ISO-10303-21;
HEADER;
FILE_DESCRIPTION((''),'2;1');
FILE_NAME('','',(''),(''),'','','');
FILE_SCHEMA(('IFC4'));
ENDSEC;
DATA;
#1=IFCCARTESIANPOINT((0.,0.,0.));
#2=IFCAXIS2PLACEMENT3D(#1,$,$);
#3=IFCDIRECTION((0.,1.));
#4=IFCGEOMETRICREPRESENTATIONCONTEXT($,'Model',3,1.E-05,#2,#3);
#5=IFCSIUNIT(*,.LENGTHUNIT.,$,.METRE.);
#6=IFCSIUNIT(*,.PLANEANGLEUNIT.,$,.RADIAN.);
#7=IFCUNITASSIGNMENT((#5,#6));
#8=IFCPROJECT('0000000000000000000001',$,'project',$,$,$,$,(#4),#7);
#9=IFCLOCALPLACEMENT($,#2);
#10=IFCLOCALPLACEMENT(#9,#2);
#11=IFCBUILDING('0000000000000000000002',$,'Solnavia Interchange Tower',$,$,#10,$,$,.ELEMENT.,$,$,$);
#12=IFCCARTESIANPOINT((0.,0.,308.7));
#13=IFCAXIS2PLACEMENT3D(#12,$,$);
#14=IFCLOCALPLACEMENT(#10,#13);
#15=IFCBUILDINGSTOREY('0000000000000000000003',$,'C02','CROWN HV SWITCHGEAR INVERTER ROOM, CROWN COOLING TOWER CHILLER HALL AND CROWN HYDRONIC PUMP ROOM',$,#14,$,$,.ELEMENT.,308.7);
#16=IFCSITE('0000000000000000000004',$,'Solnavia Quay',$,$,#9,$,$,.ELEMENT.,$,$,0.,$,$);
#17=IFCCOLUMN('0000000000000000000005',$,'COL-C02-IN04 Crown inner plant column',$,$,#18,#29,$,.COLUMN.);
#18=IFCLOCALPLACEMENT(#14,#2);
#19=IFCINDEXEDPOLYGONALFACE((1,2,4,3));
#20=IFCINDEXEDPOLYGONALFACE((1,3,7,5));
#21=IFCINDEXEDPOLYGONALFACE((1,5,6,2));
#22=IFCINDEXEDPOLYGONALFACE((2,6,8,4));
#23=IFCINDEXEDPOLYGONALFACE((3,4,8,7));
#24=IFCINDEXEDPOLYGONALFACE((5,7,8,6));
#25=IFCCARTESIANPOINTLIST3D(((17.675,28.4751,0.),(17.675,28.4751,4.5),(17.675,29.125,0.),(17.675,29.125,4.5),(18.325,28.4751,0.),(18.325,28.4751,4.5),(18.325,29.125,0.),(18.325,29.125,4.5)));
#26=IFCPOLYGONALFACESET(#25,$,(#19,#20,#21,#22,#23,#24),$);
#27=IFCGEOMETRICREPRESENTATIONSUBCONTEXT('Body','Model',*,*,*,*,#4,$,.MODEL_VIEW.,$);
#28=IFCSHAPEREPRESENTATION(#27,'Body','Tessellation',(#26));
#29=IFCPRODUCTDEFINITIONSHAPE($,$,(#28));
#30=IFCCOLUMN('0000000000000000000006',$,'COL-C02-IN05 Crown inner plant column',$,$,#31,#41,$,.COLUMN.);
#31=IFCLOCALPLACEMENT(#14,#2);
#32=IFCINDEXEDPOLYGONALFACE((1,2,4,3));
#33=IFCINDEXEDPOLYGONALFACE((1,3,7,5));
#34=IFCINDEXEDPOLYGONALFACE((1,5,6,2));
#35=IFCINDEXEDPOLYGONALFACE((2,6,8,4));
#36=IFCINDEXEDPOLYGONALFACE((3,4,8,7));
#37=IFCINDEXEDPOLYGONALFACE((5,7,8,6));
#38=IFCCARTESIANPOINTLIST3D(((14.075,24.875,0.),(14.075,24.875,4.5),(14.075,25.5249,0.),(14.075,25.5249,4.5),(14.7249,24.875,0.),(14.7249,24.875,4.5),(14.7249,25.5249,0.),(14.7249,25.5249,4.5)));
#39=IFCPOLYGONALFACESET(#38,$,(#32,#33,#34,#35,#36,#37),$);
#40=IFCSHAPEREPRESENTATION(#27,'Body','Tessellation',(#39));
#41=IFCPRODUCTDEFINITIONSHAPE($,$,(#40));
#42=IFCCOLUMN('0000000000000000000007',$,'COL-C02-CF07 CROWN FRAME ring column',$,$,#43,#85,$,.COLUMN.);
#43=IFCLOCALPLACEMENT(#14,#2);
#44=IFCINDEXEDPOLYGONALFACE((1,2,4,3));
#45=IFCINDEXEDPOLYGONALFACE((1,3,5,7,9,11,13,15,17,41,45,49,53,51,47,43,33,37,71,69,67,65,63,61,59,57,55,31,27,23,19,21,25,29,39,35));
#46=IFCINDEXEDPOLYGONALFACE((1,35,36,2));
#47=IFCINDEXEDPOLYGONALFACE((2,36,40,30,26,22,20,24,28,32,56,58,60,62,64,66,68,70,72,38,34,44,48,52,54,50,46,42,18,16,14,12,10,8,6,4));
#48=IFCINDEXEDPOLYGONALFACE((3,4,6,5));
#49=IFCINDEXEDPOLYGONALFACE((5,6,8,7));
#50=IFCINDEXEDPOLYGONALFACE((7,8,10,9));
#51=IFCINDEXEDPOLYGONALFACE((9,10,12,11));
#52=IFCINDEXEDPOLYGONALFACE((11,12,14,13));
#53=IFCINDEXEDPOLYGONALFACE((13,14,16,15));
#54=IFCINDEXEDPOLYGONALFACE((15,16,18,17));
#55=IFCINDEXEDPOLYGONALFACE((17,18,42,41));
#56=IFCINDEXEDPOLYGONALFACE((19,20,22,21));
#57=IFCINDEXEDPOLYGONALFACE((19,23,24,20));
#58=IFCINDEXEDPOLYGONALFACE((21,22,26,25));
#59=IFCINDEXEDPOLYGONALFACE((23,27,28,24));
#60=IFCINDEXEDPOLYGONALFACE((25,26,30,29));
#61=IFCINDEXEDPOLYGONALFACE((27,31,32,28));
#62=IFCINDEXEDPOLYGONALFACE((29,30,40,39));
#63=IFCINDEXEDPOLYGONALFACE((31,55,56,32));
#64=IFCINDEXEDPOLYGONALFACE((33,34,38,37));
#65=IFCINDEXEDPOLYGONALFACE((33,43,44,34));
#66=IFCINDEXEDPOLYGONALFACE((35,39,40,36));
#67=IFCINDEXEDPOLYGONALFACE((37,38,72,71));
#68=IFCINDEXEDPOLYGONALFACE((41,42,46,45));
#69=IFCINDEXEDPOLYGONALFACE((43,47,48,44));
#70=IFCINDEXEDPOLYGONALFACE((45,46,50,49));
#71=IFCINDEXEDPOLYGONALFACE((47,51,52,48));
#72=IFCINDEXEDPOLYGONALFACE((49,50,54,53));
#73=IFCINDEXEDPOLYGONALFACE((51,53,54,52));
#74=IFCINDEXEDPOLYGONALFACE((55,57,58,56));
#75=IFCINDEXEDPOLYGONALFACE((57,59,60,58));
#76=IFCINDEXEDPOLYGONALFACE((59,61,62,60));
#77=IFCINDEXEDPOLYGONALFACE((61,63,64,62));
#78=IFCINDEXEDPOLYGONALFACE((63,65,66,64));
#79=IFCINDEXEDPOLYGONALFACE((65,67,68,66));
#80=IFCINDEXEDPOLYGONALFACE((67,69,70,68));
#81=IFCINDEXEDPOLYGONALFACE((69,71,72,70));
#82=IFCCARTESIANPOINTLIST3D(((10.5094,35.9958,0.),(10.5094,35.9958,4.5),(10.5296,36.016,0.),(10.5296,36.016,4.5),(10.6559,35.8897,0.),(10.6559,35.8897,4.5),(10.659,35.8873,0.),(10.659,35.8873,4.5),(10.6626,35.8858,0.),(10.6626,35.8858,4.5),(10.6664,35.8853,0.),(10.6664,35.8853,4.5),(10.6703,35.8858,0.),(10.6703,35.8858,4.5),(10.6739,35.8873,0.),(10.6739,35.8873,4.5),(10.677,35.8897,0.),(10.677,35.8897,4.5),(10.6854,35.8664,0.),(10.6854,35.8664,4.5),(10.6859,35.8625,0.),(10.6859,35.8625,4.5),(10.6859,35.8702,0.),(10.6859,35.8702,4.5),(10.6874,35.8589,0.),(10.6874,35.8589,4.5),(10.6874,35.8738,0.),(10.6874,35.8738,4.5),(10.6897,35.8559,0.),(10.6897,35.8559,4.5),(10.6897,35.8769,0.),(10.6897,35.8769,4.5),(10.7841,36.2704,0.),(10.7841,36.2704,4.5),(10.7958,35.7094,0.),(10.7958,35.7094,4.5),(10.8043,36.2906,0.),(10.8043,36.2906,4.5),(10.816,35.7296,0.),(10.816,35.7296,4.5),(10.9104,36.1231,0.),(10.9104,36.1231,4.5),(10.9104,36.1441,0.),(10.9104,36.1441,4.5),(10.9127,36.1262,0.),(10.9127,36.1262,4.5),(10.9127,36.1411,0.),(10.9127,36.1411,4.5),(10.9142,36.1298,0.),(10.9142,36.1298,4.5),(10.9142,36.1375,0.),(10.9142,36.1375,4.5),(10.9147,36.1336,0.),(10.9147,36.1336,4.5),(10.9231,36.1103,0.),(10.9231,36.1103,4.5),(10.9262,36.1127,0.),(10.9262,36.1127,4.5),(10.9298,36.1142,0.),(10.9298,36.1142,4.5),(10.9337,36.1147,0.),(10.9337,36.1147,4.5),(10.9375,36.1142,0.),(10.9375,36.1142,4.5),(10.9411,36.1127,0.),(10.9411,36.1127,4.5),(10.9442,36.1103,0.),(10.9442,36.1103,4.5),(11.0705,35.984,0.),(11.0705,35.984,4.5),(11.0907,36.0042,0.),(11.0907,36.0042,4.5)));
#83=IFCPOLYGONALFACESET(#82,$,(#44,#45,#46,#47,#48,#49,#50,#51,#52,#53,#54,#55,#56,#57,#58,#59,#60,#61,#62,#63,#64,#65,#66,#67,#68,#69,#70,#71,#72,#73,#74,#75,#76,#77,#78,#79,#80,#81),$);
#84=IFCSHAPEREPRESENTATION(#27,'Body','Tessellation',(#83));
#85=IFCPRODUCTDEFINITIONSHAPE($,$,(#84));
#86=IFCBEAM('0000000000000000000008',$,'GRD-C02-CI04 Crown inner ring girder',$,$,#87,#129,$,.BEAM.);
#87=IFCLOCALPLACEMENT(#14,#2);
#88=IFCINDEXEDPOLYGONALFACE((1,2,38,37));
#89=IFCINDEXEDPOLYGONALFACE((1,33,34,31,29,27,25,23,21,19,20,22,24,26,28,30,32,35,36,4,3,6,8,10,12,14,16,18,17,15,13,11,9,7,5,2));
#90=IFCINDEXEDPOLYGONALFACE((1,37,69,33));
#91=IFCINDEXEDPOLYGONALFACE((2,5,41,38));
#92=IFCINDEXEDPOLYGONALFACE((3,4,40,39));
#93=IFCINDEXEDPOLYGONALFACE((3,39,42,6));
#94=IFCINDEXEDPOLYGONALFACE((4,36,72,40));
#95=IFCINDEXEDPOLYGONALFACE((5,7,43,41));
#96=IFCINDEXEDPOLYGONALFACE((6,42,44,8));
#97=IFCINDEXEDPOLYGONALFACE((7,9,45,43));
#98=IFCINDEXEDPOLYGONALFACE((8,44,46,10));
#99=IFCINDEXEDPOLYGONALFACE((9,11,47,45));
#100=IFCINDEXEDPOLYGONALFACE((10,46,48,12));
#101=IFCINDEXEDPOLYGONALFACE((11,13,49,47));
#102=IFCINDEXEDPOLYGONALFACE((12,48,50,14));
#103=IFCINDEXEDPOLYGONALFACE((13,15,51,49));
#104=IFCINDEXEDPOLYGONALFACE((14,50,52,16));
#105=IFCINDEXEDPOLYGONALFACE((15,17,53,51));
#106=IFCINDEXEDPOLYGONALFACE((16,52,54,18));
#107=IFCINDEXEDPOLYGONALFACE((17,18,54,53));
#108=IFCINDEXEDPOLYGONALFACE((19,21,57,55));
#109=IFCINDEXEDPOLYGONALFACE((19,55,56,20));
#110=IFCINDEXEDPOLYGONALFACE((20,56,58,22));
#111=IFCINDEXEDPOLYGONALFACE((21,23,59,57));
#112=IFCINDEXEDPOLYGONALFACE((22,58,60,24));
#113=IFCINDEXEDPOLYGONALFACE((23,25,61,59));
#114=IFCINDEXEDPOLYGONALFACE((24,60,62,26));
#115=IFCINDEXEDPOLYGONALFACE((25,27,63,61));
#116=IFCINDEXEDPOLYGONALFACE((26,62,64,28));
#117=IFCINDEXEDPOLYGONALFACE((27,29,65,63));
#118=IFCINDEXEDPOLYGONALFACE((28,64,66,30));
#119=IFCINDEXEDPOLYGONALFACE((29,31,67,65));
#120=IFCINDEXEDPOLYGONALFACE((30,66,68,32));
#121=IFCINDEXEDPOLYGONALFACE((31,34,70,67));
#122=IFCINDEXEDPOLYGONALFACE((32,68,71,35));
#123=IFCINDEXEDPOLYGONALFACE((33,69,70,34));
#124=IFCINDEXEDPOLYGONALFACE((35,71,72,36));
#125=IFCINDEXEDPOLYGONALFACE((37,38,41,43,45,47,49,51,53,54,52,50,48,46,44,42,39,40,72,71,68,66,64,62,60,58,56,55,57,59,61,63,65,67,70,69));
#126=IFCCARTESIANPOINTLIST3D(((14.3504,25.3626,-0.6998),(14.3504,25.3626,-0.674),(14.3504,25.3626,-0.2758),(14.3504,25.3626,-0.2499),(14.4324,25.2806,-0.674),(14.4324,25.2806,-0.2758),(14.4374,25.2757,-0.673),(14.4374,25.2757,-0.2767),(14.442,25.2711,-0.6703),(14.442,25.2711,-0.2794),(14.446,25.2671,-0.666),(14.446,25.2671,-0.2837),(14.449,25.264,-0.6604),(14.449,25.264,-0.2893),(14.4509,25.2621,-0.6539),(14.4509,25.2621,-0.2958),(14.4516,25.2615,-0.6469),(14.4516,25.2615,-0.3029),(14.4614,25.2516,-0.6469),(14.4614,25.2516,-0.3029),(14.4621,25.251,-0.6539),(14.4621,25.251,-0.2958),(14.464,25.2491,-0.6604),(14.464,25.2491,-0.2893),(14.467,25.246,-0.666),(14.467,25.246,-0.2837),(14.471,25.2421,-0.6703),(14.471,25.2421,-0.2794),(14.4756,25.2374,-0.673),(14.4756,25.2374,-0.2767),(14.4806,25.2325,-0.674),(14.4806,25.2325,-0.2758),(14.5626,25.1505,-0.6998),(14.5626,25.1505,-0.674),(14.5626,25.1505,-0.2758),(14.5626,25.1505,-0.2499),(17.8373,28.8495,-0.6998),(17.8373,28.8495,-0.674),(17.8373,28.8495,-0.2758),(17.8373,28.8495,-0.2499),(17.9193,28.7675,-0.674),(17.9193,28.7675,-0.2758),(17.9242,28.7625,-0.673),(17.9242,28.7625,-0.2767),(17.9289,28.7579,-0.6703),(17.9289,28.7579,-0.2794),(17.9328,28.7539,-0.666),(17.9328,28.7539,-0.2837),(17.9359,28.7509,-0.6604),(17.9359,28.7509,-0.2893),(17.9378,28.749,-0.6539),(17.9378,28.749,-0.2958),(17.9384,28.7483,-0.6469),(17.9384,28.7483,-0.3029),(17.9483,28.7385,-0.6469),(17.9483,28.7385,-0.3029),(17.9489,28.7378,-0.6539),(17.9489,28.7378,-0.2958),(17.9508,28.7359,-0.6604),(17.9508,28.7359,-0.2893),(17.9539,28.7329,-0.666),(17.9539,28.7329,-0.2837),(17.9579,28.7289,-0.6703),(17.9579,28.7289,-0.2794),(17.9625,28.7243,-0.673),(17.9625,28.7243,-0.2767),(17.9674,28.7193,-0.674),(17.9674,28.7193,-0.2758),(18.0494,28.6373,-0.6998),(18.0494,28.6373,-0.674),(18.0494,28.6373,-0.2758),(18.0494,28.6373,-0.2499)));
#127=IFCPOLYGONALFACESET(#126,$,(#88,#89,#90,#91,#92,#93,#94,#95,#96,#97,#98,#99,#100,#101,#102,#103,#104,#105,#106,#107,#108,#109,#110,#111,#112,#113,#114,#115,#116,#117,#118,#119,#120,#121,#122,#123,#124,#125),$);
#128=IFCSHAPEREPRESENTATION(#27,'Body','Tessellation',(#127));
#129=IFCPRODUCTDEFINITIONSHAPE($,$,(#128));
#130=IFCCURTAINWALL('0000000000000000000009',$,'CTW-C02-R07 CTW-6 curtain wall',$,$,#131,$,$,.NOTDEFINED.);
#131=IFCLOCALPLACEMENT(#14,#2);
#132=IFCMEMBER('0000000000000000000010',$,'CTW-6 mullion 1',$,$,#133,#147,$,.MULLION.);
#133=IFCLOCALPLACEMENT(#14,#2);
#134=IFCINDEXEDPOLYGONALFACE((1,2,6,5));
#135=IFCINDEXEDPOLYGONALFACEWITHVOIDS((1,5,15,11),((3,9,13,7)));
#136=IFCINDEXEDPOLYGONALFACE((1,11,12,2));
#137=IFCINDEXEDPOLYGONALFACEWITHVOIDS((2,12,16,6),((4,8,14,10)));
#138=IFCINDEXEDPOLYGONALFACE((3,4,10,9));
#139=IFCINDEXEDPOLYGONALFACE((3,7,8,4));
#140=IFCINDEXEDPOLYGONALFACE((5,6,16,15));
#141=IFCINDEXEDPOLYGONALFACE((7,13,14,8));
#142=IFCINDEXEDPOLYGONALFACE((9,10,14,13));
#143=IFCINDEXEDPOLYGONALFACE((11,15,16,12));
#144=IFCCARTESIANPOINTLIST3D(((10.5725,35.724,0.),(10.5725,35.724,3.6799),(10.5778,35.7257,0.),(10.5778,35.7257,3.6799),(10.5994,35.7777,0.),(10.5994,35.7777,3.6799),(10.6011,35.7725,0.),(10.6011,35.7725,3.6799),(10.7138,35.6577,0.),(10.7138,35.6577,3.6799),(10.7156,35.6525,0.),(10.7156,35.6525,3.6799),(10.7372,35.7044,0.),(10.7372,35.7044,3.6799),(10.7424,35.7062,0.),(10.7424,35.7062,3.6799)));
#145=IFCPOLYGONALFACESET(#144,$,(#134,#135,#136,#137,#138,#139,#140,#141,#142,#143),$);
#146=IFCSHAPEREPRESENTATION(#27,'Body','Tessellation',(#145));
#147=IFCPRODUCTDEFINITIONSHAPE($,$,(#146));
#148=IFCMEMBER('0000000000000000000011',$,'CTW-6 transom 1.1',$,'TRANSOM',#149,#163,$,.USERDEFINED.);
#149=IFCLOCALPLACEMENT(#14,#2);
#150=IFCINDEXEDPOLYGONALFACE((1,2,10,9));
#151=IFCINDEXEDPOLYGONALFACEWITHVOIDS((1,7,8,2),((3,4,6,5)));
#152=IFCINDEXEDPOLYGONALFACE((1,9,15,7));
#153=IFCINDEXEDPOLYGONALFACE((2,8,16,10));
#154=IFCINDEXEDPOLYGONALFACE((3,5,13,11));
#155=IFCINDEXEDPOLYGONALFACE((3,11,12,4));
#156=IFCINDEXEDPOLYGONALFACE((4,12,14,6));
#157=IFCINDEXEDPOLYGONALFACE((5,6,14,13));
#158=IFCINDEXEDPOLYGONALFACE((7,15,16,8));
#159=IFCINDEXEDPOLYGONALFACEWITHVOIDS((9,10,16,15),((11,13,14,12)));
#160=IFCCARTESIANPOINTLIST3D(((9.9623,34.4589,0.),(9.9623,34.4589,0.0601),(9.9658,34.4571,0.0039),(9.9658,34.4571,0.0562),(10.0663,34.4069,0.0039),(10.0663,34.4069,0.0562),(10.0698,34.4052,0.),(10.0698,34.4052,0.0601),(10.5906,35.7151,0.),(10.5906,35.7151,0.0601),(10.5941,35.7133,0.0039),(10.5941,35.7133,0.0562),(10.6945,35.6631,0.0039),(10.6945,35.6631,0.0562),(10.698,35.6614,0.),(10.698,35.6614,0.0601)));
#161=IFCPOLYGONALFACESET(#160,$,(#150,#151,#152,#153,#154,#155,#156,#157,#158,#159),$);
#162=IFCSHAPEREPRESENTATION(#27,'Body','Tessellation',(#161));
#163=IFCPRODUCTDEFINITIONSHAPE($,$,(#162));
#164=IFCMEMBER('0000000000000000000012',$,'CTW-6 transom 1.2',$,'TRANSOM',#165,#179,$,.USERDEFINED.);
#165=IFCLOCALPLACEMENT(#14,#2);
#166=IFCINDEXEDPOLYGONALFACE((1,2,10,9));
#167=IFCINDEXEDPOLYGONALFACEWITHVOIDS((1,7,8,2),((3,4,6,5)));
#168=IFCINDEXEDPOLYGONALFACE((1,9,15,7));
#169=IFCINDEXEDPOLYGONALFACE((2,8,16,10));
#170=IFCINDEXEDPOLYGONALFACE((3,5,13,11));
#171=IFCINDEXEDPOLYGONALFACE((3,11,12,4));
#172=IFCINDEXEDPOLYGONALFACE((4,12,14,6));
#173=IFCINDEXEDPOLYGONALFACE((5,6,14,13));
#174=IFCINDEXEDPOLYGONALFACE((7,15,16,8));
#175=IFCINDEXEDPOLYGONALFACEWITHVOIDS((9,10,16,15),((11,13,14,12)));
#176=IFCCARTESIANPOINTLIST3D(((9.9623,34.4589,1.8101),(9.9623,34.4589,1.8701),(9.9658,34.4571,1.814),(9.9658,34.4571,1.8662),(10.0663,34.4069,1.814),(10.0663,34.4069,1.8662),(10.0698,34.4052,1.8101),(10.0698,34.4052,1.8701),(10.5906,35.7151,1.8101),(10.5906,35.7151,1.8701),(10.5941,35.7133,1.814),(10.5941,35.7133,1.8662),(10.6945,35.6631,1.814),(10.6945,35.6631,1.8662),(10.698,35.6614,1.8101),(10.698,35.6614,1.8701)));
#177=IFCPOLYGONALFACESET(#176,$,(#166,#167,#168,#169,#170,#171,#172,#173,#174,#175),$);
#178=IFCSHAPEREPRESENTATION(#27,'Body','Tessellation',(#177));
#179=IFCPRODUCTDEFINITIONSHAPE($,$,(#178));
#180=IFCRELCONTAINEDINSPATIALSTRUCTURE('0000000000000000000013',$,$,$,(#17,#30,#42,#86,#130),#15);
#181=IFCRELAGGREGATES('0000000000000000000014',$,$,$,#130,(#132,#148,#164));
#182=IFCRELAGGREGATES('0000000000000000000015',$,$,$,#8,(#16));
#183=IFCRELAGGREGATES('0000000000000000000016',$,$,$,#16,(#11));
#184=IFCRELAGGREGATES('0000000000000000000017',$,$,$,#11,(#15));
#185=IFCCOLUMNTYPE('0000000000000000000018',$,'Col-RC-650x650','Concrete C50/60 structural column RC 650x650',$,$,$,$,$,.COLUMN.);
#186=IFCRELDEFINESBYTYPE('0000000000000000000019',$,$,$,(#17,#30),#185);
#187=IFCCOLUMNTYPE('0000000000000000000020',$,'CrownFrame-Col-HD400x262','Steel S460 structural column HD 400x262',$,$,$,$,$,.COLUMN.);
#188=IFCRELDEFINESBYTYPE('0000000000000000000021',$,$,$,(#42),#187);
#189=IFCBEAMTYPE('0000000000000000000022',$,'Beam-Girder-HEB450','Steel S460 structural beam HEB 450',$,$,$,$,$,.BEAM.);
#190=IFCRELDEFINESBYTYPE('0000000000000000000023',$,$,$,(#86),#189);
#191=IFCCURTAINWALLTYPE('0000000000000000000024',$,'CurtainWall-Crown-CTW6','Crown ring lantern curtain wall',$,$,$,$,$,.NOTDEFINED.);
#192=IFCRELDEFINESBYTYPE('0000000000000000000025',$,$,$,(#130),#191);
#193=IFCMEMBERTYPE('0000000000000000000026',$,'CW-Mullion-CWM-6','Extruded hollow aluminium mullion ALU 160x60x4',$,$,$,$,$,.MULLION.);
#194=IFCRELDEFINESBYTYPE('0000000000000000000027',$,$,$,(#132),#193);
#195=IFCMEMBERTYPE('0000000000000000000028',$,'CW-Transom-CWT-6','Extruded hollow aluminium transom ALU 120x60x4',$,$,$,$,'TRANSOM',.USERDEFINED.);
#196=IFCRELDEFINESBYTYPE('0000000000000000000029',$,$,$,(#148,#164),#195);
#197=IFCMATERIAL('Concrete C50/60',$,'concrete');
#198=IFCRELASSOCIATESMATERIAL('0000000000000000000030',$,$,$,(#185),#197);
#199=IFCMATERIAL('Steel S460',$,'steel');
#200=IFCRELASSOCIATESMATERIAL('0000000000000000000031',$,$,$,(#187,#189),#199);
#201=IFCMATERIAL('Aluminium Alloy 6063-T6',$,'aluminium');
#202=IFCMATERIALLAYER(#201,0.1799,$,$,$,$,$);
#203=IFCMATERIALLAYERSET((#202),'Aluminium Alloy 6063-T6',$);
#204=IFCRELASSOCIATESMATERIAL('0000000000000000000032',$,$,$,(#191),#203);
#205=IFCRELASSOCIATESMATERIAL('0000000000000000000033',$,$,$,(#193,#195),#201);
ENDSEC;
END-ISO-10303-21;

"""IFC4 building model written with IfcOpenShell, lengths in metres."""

from ifc_helpers import new_model, si_unit, direction, frame, origin, origin_2d, place, context, subcontext, project, spatial, rectangle, hollow_rectangle, i_section, extrude, material, layer, layer_set, material_profile, profile_set, type_object, element, aggregate, save


model = new_model("IFC4")

# Units and contexts
model_context = context("Model", 3, precision=1e-05, world=origin(), true_north=direction((0.0, 1.0)))
body_context = subcontext(model_context, "Body", "Model", "MODEL_VIEW")
ifc_project = project(units=[si_unit("LENGTHUNIT", "METRE"), si_unit("PLANEANGLEUNIT", "RADIAN")], contexts=[model_context])

# Site, building, storey
site_placement = place(None, origin())
site = spatial("IfcSite", under=ifc_project, at=site_placement, Name="Solnavia Quay", CompositionType="ELEMENT", RefElevation=0.0)
building_placement = place(site_placement, origin())
building = spatial("IfcBuilding", under=site, at=building_placement, Name="Solnavia Interchange Tower", CompositionType="ELEMENT")
storey_placement = place(building_placement, frame((0.0, 0.0, 308.7)))
storey = spatial("IfcBuildingStorey", under=building, at=storey_placement, Name="C02", Description="CROWN HV SWITCHGEAR INVERTER ROOM, CROWN COOLING TOWER CHILLER HALL AND CROWN HYDRONIC PUMP ROOM", CompositionType="ELEMENT", Elevation=308.7)

# Columns
ifc_material_1 = material(Name="Concrete C50/60", Category="concrete")
ifc_material_profile_1 = material_profile(ifc_material_1, rectangle(XDim=0.6499, YDim=0.6499, at=origin_2d()), Name="RC 650x650")
ifc_profile_set_1 = profile_set([ifc_material_profile_1], Name="Concrete C50/60")
column_type_1 = type_object("IfcColumnType", Name="Col-RC-650x650", Description="Concrete C50/60 structural column RC 650x650", PredefinedType="COLUMN", material=ifc_profile_set_1)
for number, where, z_axis, x_axis, name in (
    (1, (18.0, 28.8, 0.0), (0.0, 0.0, 1.0), (1.0, 0.0, 0.0), "COL-C02-IN04 Crown inner plant column"),
    (2, (14.3999, 25.2, 0.0), (0.0, 0.0, 1.0), (1.0, 0.0, 0.0), "COL-C02-IN05 Crown inner plant column"),
):
    element("IfcColumn", number, at=place(storey_placement, frame(where, z_axis=z_axis, x_axis=x_axis)), inside=storey, type_object=column_type_1, Name=name, PredefinedType="COLUMN", context=body_context, shape_type="SweptSolid", body=[
        extrude(rectangle(XDim=0.6499, YDim=0.6499, at=origin_2d()), origin(), (0.0, 0.0, 1.0), 4.5),
    ])
ifc_material_2 = material(Name="Steel S460", Category="steel")
ifc_material_profile_2 = material_profile(ifc_material_2, i_section(OverallWidth=0.405, OverallDepth=0.417, WebThickness=0.0181, FlangeThickness=0.0286, FilletRadius=0.0149, at=origin_2d()), Name="HD 400x262")
ifc_profile_set_2 = profile_set([ifc_material_profile_2], Name="Steel S460")
column_type_2 = type_object("IfcColumnType", Name="CrownFrame-Col-HD400x262", Description="Steel S460 structural column HD 400x262", PredefinedType="COLUMN", material=ifc_profile_set_2)
column_placement = place(storey_placement, frame((10.8, 36.0, 0.0), z_axis=(0.0, 0.0, 1.0), x_axis=(-0.707107, 0.707107, 0.0)))
element("IfcColumn", 3, at=column_placement, inside=storey, type_object=column_type_2, Name="COL-C02-CF07 CROWN FRAME ring column", PredefinedType="COLUMN", context=body_context, shape_type="SweptSolid", body=[
    extrude(i_section(OverallWidth=0.405, OverallDepth=0.417, WebThickness=0.0181, FlangeThickness=0.0286, FilletRadius=0.0149, at=origin_2d()), origin(), (0.0, 0.0, 1.0), 4.5),
])

# Beam
ifc_material_profile_3 = material_profile(ifc_material_2, i_section(OverallWidth=0.3, OverallDepth=0.45, WebThickness=0.0139, FlangeThickness=0.0259, FilletRadius=0.0271, at=origin_2d()), Name="HEB 450")
ifc_profile_set_3 = profile_set([ifc_material_profile_3], Name="Steel S460")
beam_type_1 = type_object("IfcBeamType", Name="Beam-Girder-HEB450", Description="Steel S460 structural beam HEB 450", PredefinedType="BEAM", material=ifc_profile_set_3)
beam_1_placement = place(storey_placement, frame((17.9434, 28.7434, -0.4749), z_axis=(-0.707107, -0.707107, 0.0), x_axis=(0.707107, -0.707107, 0.0)))
element("IfcBeam", 4, at=beam_1_placement, inside=storey, type_object=beam_type_1, Name="GRD-C02-CI04 Crown inner ring girder", PredefinedType="BEAM", context=body_context, shape_type="SweptSolid", body=[
    extrude(i_section(OverallWidth=0.3, OverallDepth=0.45, WebThickness=0.0139, FlangeThickness=0.0259, FilletRadius=0.0271, at=origin_2d()), origin(), (0.0, 0.0, 1.0), 4.9312),
])

# Curtain wall, members
ifc_material_3 = material(Name="Aluminium Alloy 6063-T6", Category="aluminium")
ifc_layer_1 = layer(ifc_material_3, 0.1799)
ifc_layer_set_1 = layer_set([ifc_layer_1], Name="Aluminium Alloy 6063-T6")
curtain_wall_type = type_object("IfcCurtainWallType", Name="CurtainWall-Crown-CTW6", Description="Crown ring lantern curtain wall", PredefinedType="NOTDEFINED", material=ifc_layer_set_1)
curtain_wall_placement = place(storey_placement, origin())
curtain_wall = element("IfcCurtainWall", 5, at=curtain_wall_placement, inside=storey, type_object=curtain_wall_type, Name="CTW-C02-R07 CTW-6 curtain wall", PredefinedType="NOTDEFINED")
ifc_material_profile_4 = material_profile(ifc_material_3, hollow_rectangle(XDim=0.0601, YDim=0.1599, WallThickness=0.0039, at=origin_2d()), Name="ALU 160x60x4")
ifc_profile_set_4 = profile_set([ifc_material_profile_4], Name="Aluminium Alloy 6063-T6")
member_type_1 = type_object("IfcMemberType", Name="CW-Mullion-CWM-6", Description="Extruded hollow aluminium mullion ALU 160x60x4", PredefinedType="MULLION", material=ifc_profile_set_4)
member_1_placement = place(storey_placement, frame((10.6575, 35.7151, 0.0), z_axis=(0.0, 0.0, 1.0), x_axis=(-0.447214, -0.894427, 0.0)))
member_1 = element("IfcMember", 6, at=member_1_placement, type_object=member_type_1, Name="CTW-6 mullion 1", PredefinedType="MULLION", context=body_context, shape_type="SweptSolid", body=[
    extrude(hollow_rectangle(XDim=0.0601, YDim=0.1599, WallThickness=0.0039, at=origin_2d()), origin(), (0.0, 0.0, 1.0), 3.6799),
])
ifc_material_profile_5 = material_profile(ifc_material_3, hollow_rectangle(XDim=0.0601, YDim=0.1201, WallThickness=0.0039, at=origin_2d()), Name="ALU 120x60x4")
ifc_profile_set_5 = profile_set([ifc_material_profile_5], Name="Aluminium Alloy 6063-T6")
member_type_2 = type_object("IfcMemberType", Name="CW-Transom-CWT-6", Description="Extruded hollow aluminium transom ALU 120x60x4", ElementType="TRANSOM", PredefinedType="USERDEFINED", material=ifc_profile_set_5)
member_2_placement = place(storey_placement, frame((10.6443, 35.6882, 0.03), z_axis=(-0.447283, -0.894392, 0.0), x_axis=(0.0, 0.0, 1.0)))
member_2 = element("IfcMember", 7, at=member_2_placement, type_object=member_type_2, Name="CTW-6 transom 1.1", ObjectType="TRANSOM", PredefinedType="USERDEFINED", context=body_context, shape_type="SweptSolid", body=[
    extrude(hollow_rectangle(XDim=0.0601, YDim=0.1201, WallThickness=0.0039, at=origin_2d()), origin(), (0.0, 0.0, 1.0), 1.4045),
])
member_3_placement = place(storey_placement, frame((10.6443, 35.6882, 1.8401), z_axis=(-0.447283, -0.894392, 0.0), x_axis=(0.0, 0.0, 1.0)))
member_3 = element("IfcMember", 8, at=member_3_placement, type_object=member_type_2, Name="CTW-6 transom 1.2", ObjectType="TRANSOM", PredefinedType="USERDEFINED", context=body_context, shape_type="SweptSolid", body=[
    extrude(hollow_rectangle(XDim=0.0601, YDim=0.1201, WallThickness=0.0039, at=origin_2d()), origin(), (0.0, 0.0, 1.0), 1.4045),
])

aggregate(curtain_wall, [member_1, member_2, member_3])

save(model, "model.ifc")
